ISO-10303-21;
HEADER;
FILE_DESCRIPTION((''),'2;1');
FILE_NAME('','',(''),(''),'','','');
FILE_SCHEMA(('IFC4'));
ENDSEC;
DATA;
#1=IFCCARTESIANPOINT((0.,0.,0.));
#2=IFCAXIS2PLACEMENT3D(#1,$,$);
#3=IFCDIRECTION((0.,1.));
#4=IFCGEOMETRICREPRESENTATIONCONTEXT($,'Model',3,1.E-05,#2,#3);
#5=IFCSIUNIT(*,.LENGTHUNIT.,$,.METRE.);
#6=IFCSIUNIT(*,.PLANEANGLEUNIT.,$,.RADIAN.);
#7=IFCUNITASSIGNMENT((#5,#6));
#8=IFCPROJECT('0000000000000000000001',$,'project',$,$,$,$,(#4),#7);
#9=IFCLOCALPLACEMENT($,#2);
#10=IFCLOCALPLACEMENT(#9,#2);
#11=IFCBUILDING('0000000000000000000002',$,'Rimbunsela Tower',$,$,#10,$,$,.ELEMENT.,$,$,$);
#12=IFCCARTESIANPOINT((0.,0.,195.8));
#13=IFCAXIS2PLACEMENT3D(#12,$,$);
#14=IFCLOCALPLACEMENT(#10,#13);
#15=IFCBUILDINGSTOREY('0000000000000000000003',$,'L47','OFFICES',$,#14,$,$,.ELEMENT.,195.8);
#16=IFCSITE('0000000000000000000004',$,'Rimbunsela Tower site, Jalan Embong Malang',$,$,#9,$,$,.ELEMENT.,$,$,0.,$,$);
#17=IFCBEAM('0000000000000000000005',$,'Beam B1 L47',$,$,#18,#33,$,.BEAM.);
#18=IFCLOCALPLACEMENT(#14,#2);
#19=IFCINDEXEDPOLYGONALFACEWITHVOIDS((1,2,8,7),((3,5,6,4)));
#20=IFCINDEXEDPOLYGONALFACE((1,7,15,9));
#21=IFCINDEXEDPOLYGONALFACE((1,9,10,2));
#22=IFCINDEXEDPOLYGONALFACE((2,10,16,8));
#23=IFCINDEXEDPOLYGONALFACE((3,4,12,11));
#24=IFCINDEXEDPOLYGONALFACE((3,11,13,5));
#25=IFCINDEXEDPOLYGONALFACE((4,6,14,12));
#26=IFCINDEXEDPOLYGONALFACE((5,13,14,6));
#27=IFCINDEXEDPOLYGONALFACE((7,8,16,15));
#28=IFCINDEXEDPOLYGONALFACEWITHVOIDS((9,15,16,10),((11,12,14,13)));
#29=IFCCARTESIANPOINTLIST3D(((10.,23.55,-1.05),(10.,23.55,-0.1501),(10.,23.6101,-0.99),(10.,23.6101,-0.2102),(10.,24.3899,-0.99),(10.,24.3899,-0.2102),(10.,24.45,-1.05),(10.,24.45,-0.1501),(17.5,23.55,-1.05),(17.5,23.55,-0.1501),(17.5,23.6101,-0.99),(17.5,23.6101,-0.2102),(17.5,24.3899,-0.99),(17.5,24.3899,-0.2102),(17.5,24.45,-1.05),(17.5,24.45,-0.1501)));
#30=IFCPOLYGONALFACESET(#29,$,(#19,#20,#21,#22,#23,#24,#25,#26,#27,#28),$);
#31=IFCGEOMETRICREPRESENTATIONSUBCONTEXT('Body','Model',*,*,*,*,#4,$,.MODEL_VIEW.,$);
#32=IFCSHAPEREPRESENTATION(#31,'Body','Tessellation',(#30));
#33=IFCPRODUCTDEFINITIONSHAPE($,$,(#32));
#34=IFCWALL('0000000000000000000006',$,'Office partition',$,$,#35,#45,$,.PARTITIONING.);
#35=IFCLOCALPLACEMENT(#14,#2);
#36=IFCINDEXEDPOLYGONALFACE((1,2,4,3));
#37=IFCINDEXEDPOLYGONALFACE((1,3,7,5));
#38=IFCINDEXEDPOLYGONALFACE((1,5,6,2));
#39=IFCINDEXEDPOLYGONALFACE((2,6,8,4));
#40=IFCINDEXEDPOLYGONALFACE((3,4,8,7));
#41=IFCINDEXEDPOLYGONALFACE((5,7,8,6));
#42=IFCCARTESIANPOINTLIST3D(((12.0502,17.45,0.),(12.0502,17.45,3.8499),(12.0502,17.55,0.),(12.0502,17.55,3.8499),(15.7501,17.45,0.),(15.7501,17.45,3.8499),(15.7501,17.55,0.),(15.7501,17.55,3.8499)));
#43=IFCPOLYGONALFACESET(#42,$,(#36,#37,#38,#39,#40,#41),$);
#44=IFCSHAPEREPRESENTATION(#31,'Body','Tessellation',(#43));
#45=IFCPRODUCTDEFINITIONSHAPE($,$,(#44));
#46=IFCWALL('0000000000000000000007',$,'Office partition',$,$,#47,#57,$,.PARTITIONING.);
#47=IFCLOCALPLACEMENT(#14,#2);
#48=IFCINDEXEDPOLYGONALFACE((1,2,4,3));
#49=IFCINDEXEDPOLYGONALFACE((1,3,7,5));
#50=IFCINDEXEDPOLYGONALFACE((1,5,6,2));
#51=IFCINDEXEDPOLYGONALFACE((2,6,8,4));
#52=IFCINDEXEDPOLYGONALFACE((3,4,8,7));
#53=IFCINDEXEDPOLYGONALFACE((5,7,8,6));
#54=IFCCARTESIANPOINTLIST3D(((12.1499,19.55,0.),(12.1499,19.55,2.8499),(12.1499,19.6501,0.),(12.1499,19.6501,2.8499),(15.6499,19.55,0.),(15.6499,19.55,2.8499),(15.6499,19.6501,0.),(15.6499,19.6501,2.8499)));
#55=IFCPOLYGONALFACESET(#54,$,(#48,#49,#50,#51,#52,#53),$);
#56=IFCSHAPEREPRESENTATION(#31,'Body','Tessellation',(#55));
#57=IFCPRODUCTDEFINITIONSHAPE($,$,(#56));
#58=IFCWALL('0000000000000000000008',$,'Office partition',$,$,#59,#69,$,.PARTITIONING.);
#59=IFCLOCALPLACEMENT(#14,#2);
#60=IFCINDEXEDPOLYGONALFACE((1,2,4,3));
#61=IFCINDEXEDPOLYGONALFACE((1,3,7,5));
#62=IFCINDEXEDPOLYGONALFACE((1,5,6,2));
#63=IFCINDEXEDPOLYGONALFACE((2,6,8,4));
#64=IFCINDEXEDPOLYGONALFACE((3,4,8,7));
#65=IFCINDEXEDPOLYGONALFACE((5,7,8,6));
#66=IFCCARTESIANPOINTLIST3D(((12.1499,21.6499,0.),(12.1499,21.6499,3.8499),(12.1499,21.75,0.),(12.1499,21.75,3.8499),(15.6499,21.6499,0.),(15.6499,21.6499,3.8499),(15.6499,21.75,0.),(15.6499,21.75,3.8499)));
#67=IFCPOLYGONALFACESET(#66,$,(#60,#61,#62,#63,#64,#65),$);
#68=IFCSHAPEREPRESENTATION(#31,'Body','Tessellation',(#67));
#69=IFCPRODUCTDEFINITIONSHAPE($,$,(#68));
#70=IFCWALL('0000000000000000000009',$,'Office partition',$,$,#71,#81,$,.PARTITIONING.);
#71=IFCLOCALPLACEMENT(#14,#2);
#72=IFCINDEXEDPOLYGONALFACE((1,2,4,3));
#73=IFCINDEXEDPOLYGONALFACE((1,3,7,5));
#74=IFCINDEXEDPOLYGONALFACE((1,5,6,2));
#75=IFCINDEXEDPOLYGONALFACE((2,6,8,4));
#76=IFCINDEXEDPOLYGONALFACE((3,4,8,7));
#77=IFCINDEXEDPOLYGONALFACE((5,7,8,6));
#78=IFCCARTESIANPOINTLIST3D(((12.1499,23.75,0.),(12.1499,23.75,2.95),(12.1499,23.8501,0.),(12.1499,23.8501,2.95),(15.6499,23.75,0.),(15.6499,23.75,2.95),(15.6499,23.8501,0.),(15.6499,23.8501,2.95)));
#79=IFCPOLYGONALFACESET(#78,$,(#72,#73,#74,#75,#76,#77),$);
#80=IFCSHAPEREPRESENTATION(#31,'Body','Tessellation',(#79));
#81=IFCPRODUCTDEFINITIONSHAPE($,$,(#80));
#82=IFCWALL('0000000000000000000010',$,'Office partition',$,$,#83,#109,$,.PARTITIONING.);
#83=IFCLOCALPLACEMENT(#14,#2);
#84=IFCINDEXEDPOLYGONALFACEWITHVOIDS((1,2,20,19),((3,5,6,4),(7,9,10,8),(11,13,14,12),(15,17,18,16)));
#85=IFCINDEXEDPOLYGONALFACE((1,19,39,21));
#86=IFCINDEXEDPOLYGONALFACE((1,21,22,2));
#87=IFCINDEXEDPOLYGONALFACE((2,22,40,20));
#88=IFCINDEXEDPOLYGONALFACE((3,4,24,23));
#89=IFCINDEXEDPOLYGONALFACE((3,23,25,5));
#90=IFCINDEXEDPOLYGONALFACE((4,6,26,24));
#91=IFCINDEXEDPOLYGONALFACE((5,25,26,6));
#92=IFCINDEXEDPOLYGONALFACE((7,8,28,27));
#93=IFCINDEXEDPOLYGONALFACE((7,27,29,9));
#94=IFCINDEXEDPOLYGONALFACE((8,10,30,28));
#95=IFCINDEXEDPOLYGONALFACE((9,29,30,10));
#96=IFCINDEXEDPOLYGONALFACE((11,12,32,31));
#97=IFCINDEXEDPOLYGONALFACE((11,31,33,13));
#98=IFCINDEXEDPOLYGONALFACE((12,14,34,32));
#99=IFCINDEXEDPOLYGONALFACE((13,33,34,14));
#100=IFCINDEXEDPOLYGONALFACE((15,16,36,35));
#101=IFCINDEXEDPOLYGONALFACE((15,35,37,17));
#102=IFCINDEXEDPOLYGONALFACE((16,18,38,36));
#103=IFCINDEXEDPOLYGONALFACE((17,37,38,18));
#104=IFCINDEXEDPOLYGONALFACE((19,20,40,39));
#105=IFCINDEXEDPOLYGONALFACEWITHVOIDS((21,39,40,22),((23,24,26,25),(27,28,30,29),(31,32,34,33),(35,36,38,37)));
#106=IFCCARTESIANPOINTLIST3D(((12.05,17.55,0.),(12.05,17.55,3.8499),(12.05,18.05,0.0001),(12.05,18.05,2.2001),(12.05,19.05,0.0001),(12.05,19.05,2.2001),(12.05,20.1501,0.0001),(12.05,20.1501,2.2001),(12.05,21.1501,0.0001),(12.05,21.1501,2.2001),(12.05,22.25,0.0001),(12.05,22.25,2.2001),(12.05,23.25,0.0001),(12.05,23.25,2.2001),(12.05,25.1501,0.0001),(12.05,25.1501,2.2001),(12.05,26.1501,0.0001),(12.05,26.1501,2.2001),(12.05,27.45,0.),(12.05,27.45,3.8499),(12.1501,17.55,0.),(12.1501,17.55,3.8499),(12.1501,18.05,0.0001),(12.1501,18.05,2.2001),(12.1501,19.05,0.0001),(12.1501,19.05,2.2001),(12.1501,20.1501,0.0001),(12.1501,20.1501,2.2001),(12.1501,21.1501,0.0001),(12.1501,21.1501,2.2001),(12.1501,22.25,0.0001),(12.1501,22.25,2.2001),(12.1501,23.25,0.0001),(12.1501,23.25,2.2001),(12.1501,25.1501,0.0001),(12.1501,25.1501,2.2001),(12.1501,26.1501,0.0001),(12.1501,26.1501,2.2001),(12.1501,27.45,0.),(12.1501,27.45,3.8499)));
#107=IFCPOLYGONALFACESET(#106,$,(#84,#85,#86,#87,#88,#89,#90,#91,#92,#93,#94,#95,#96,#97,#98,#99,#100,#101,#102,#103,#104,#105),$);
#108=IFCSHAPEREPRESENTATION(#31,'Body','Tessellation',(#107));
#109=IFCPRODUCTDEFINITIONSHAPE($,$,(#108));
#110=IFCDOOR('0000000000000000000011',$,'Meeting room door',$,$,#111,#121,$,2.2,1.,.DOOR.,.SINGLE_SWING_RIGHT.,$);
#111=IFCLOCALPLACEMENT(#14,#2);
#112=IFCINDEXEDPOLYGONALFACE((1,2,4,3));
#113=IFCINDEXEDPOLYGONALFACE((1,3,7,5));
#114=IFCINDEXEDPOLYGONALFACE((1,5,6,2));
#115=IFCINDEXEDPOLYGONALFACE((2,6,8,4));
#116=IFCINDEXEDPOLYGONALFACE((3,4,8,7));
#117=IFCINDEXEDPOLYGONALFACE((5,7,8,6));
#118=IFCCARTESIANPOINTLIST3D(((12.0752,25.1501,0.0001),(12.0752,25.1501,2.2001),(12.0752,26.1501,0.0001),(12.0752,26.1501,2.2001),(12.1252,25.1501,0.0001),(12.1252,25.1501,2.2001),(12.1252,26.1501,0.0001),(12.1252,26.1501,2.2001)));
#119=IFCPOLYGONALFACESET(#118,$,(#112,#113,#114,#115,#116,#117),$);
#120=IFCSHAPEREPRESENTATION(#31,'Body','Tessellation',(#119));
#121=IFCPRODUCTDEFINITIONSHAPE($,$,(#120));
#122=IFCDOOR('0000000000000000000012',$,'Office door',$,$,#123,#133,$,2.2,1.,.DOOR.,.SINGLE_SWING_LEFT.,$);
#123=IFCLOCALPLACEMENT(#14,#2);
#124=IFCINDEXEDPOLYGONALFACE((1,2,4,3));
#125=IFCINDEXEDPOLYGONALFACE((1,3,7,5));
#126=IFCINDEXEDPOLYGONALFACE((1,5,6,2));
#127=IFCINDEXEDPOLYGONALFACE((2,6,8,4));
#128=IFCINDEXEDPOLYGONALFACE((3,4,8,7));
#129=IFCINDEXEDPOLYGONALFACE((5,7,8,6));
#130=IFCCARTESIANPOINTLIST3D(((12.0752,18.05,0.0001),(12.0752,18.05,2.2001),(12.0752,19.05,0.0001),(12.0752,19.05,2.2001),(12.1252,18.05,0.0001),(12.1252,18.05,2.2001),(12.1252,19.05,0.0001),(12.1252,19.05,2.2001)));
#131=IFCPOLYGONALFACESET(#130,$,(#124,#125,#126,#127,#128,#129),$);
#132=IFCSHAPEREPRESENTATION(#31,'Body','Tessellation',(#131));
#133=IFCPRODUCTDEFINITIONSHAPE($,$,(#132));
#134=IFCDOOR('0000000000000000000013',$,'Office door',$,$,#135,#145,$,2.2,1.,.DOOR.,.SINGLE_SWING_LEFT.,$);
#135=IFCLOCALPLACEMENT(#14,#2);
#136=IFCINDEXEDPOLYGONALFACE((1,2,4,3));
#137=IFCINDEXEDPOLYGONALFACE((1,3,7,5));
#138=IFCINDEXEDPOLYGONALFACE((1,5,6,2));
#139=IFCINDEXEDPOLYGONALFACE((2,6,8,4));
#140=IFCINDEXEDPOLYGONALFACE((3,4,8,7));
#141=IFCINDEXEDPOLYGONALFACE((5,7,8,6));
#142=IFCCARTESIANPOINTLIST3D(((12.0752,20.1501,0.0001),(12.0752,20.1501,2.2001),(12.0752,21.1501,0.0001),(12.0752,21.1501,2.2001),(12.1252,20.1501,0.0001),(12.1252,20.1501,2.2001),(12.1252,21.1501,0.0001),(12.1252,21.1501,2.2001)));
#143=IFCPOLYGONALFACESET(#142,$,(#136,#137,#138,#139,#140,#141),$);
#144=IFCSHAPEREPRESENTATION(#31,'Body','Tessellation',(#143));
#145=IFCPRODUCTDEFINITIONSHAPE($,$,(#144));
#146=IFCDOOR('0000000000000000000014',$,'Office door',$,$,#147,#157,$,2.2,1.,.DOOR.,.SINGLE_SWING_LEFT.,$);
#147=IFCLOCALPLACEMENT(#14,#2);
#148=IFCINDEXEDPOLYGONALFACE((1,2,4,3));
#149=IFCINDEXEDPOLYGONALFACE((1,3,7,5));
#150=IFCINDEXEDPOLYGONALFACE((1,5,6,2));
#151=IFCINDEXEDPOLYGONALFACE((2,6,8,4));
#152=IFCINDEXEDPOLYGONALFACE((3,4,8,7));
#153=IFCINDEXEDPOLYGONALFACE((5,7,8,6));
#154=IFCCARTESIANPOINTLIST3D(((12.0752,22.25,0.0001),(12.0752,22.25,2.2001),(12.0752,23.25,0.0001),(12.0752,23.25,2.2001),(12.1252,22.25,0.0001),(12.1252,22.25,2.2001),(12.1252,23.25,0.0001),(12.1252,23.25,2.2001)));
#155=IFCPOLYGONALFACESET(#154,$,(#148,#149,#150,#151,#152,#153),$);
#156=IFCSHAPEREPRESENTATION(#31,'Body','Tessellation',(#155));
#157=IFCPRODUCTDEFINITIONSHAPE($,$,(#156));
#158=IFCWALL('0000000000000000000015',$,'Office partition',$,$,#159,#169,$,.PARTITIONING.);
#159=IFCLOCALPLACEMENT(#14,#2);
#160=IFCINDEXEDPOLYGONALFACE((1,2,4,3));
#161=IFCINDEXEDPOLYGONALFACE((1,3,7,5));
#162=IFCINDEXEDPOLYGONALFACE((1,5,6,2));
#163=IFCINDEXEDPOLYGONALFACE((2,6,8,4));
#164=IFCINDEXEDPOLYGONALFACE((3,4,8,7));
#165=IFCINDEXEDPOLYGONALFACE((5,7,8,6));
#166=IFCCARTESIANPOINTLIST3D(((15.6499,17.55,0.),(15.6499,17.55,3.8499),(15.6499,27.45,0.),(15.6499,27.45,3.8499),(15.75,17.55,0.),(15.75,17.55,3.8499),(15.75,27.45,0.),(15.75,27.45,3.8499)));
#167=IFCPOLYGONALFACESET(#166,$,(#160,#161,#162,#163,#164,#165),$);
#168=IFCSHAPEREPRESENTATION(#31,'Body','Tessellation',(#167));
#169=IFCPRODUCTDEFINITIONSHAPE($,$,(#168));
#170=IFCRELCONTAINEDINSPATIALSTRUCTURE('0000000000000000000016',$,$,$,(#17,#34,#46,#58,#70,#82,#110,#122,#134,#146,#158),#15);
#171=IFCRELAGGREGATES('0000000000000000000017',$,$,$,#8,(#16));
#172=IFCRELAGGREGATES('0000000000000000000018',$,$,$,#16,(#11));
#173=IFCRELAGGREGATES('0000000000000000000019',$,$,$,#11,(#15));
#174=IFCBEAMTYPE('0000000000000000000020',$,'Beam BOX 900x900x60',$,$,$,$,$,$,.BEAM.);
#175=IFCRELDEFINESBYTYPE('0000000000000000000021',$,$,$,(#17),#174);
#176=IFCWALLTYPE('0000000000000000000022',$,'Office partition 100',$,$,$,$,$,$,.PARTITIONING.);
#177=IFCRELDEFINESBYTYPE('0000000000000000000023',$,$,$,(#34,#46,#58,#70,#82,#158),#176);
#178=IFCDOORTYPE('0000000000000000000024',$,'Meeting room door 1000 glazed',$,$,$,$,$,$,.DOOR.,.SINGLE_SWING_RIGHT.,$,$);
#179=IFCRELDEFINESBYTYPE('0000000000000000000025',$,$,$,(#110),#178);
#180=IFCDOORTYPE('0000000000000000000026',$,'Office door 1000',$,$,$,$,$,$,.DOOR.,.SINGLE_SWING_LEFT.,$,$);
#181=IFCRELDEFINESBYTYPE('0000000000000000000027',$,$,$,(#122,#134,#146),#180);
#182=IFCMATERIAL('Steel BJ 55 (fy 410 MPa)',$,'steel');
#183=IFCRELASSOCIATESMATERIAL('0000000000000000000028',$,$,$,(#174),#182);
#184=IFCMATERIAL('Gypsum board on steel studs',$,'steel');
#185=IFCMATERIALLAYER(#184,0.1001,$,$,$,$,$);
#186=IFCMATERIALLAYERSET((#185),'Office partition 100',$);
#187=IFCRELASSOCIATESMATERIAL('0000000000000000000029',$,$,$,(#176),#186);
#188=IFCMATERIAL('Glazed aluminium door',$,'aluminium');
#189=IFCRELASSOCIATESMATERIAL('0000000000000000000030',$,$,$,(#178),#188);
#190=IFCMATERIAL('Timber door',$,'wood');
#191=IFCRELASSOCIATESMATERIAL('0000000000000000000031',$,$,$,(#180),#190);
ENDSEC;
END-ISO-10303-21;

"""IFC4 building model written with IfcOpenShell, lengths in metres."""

from ifc_helpers import new_model, si_unit, direction, frame, frame_2d, origin, origin_2d, place, context, subcontext, project, spatial, rectangle, hollow_rectangle, extrude, material, layer, layer_set, material_profile, profile_set, type_object, element, fill, save


model = new_model("IFC4")

# Units and contexts
model_context = context("Model", 3, precision=1e-05, world=origin(), true_north=direction((0.0, 1.0)))
body_context = subcontext(model_context, "Body", "Model", "MODEL_VIEW")
ifc_project = project(units=[si_unit("LENGTHUNIT", "METRE"), si_unit("PLANEANGLEUNIT", "RADIAN")], contexts=[model_context])

# Site, building, storey
site_placement = place(None, origin())
site = spatial("IfcSite", under=ifc_project, at=site_placement, Name="Rimbunsela Tower site, Jalan Embong Malang", CompositionType="ELEMENT", RefElevation=0.0)
building_placement = place(site_placement, origin())
building = spatial("IfcBuilding", under=site, at=building_placement, Name="Rimbunsela Tower", CompositionType="ELEMENT")
storey_placement = place(building_placement, frame((0.0, 0.0, 195.8)))
storey = spatial("IfcBuildingStorey", under=building, at=storey_placement, Name="L47", Description="OFFICES", CompositionType="ELEMENT", Elevation=195.8)

# Beam
ifc_material_1 = material(Name="Steel BJ 55 (fy 410 MPa)", Category="steel")
ifc_material_profile_1 = material_profile(ifc_material_1, hollow_rectangle(XDim=0.8999, YDim=0.8999, WallThickness=0.0601, at=origin_2d()), Name="BOX 900x900x60")
ifc_profile_set_1 = profile_set([ifc_material_profile_1], Name="Steel BJ 55 (fy 410 MPa)")
beam_type_1 = type_object("IfcBeamType", Name="Beam BOX 900x900x60", PredefinedType="BEAM", material=ifc_profile_set_1)
beam_1_placement = place(storey_placement, frame((10.0, 24.0, -0.6001), z_axis=(1.0, 0.0, 0.0), x_axis=(0.0, 1.0, 0.0)))
element("IfcBeam", 1, at=beam_1_placement, inside=storey, type_object=beam_type_1, Name="Beam B1 L47", PredefinedType="BEAM", context=body_context, shape_type="SweptSolid", body=[
    extrude(hollow_rectangle(XDim=0.8999, YDim=0.8999, WallThickness=0.0601, at=origin_2d()), origin(), (0.0, 0.0, 1.0), 7.5),
])

# Walls
ifc_material_2 = material(Name="Gypsum board on steel studs", Category="steel")
ifc_layer_1 = layer(ifc_material_2, 0.1001)
ifc_layer_set_1 = layer_set([ifc_layer_1], Name="Office partition 100")
wall_type_1 = type_object("IfcWallType", Name="Office partition 100", PredefinedType="PARTITIONING", material=ifc_layer_set_1)
wall_1_placement = place(storey_placement, frame((12.05, 17.5, 0.0), z_axis=(0.0, 0.0, 1.0), x_axis=(1.0, 0.0, 0.0)))
element("IfcWall", 2, at=wall_1_placement, inside=storey, type_object=wall_type_1, Name="Office partition", PredefinedType="PARTITIONING", context=body_context, shape_type="SweptSolid", body=[
    extrude(rectangle(XDim=3.7, YDim=0.1001, at=frame_2d((1.8501, 0.0))), origin(), (0.0, 0.0, 1.0), 3.8499),
])
wall_2_placement = place(storey_placement, frame((12.1499, 19.6001, 0.0), z_axis=(0.0, 0.0, 1.0), x_axis=(1.0, 0.0, 0.0)))
element("IfcWall", 3, at=wall_2_placement, inside=storey, type_object=wall_type_1, Name="Office partition", PredefinedType="PARTITIONING", context=body_context, shape_type="SweptSolid", body=[
    extrude(rectangle(XDim=3.5, YDim=0.1001, at=frame_2d((1.75, 0.0))), origin(), (0.0, 0.0, 1.0), 2.8499),
])
wall_3_placement = place(storey_placement, frame((12.1499, 21.7, 0.0), z_axis=(0.0, 0.0, 1.0), x_axis=(1.0, 0.0, 0.0)))
element("IfcWall", 4, at=wall_3_placement, inside=storey, type_object=wall_type_1, Name="Office partition", PredefinedType="PARTITIONING", context=body_context, shape_type="SweptSolid", body=[
    extrude(rectangle(XDim=3.5, YDim=0.1001, at=frame_2d((1.75, 0.0))), origin(), (0.0, 0.0, 1.0), 3.8499),
])
wall_4_placement = place(storey_placement, frame((12.1499, 23.8, 0.0), z_axis=(0.0, 0.0, 1.0), x_axis=(1.0, 0.0, 0.0)))
element("IfcWall", 5, at=wall_4_placement, inside=storey, type_object=wall_type_1, Name="Office partition", PredefinedType="PARTITIONING", context=body_context, shape_type="SweptSolid", body=[
    extrude(rectangle(XDim=3.5, YDim=0.1001, at=frame_2d((1.75, 0.0))), origin(), (0.0, 0.0, 1.0), 2.95),
])

# Wall, openings, doors
wall_5_placement = place(storey_placement, frame((12.1001, 17.55, 0.0), z_axis=(0.0, 0.0, 1.0), x_axis=(0.0, 1.0, 0.0)))
wall_5 = element("IfcWall", 6, at=wall_5_placement, inside=storey, type_object=wall_type_1, Name="Office partition", PredefinedType="PARTITIONING", context=body_context, shape_type="SweptSolid", body=[
    extrude(rectangle(XDim=9.8999, YDim=0.1001, at=frame_2d((4.95, 0.0))), origin(), (0.0, 0.0, 1.0), 3.8499),
])
opening_1_placement = place(wall_5_placement, frame((0.5, 0.0, 0.0)))
opening_1 = element("IfcOpeningElement", 7, at=opening_1_placement, cuts=wall_5, PredefinedType="OPENING", context=body_context, shape_type="SweptSolid", body=[
    extrude(rectangle(XDim=1.0, YDim=2.2, at=frame_2d((0.5, 1.1001))), frame((0.0, 0.0601, 0.0), z_axis=(0.0, -1.0, 0.0), x_axis=(1.0, 0.0, 0.0)), (0.0, 0.0, 1.0), 0.1201),
])
opening_2_placement = place(wall_5_placement, frame((2.6001, 0.0, 0.0)))
opening_2 = element("IfcOpeningElement", 8, at=opening_2_placement, cuts=wall_5, PredefinedType="OPENING", context=body_context, shape_type="SweptSolid", body=[
    extrude(rectangle(XDim=1.0, YDim=2.2, at=frame_2d((0.5, 1.1001))), frame((0.0, 0.0601, 0.0), z_axis=(0.0, -1.0, 0.0), x_axis=(1.0, 0.0, 0.0)), (0.0, 0.0, 1.0), 0.1201),
])
opening_3_placement = place(wall_5_placement, frame((4.7, 0.0, 0.0)))
opening_3 = element("IfcOpeningElement", 9, at=opening_3_placement, cuts=wall_5, PredefinedType="OPENING", context=body_context, shape_type="SweptSolid", body=[
    extrude(rectangle(XDim=1.0, YDim=2.2, at=frame_2d((0.5, 1.1001))), frame((0.0, 0.0601, 0.0), z_axis=(0.0, -1.0, 0.0), x_axis=(1.0, 0.0, 0.0)), (0.0, 0.0, 1.0), 0.1201),
])
opening_4_placement = place(wall_5_placement, frame((7.6001, 0.0, 0.0)))
opening_4 = element("IfcOpeningElement", 10, at=opening_4_placement, cuts=wall_5, PredefinedType="OPENING", context=body_context, shape_type="SweptSolid", body=[
    extrude(rectangle(XDim=1.0, YDim=2.2, at=frame_2d((0.5, 1.1001))), frame((0.0, 0.0601, 0.0), z_axis=(0.0, -1.0, 0.0), x_axis=(1.0, 0.0, 0.0)), (0.0, 0.0, 1.0), 0.1201),
])
ifc_material_3 = material(Name="Glazed aluminium door", Category="aluminium")
door_type_1 = type_object("IfcDoorType", Name="Meeting room door 1000 glazed", OperationType="SINGLE_SWING_RIGHT", PredefinedType="DOOR", material=ifc_material_3)
door_1_placement = place(opening_4_placement, origin())
door_1 = element("IfcDoor", 11, at=door_1_placement, inside=storey, type_object=door_type_1, Name="Meeting room door", OperationType="SINGLE_SWING_RIGHT", OverallHeight=2.2, OverallWidth=1.0, PredefinedType="DOOR", context=body_context, shape_type="SweptSolid", body=[
    extrude(rectangle(XDim=1.0, YDim=2.2, at=frame_2d((0.5, 1.1001))), frame((0.0, 0.0249, 0.0), z_axis=(0.0, -1.0, 0.0), x_axis=(1.0, 0.0, 0.0)), (0.0, 0.0, 1.0), 0.05),
])
fill(opening_4, door_1)
ifc_material_4 = material(Name="Timber door", Category="wood")
door_type_2 = type_object("IfcDoorType", Name="Office door 1000", OperationType="SINGLE_SWING_LEFT", PredefinedType="DOOR", material=ifc_material_4)
door_2_placement = place(opening_1_placement, origin())
door_2 = element("IfcDoor", 12, at=door_2_placement, inside=storey, type_object=door_type_2, Name="Office door", OperationType="SINGLE_SWING_LEFT", OverallHeight=2.2, OverallWidth=1.0, PredefinedType="DOOR", context=body_context, shape_type="SweptSolid", body=[
    extrude(rectangle(XDim=1.0, YDim=2.2, at=frame_2d((0.5, 1.1001))), frame((0.0, 0.0249, 0.0), z_axis=(0.0, -1.0, 0.0), x_axis=(1.0, 0.0, 0.0)), (0.0, 0.0, 1.0), 0.05),
])
fill(opening_1, door_2)
door_3_placement = place(opening_2_placement, origin())
door_3 = element("IfcDoor", 13, at=door_3_placement, inside=storey, type_object=door_type_2, Name="Office door", OperationType="SINGLE_SWING_LEFT", OverallHeight=2.2, OverallWidth=1.0, PredefinedType="DOOR", context=body_context, shape_type="SweptSolid", body=[
    extrude(rectangle(XDim=1.0, YDim=2.2, at=frame_2d((0.5, 1.1001))), frame((0.0, 0.0249, 0.0), z_axis=(0.0, -1.0, 0.0), x_axis=(1.0, 0.0, 0.0)), (0.0, 0.0, 1.0), 0.05),
])
fill(opening_2, door_3)
door_4_placement = place(opening_3_placement, origin())
door_4 = element("IfcDoor", 14, at=door_4_placement, inside=storey, type_object=door_type_2, Name="Office door", OperationType="SINGLE_SWING_LEFT", OverallHeight=2.2, OverallWidth=1.0, PredefinedType="DOOR", context=body_context, shape_type="SweptSolid", body=[
    extrude(rectangle(XDim=1.0, YDim=2.2, at=frame_2d((0.5, 1.1001))), frame((0.0, 0.0249, 0.0), z_axis=(0.0, -1.0, 0.0), x_axis=(1.0, 0.0, 0.0)), (0.0, 0.0, 1.0), 0.05),
])
fill(opening_3, door_4)

# Wall
wall_6_placement = place(storey_placement, frame((15.7, 17.55, 0.0), z_axis=(0.0, 0.0, 1.0), x_axis=(0.0, 1.0, 0.0)))
element("IfcWall", 15, at=wall_6_placement, inside=storey, type_object=wall_type_1, Name="Office partition", PredefinedType="PARTITIONING", context=body_context, shape_type="SweptSolid", body=[
    extrude(rectangle(XDim=9.8999, YDim=0.1001, at=frame_2d((4.95, 0.0))), origin(), (0.0, 0.0, 1.0), 3.8499),
])

save(model, "model.ifc")
